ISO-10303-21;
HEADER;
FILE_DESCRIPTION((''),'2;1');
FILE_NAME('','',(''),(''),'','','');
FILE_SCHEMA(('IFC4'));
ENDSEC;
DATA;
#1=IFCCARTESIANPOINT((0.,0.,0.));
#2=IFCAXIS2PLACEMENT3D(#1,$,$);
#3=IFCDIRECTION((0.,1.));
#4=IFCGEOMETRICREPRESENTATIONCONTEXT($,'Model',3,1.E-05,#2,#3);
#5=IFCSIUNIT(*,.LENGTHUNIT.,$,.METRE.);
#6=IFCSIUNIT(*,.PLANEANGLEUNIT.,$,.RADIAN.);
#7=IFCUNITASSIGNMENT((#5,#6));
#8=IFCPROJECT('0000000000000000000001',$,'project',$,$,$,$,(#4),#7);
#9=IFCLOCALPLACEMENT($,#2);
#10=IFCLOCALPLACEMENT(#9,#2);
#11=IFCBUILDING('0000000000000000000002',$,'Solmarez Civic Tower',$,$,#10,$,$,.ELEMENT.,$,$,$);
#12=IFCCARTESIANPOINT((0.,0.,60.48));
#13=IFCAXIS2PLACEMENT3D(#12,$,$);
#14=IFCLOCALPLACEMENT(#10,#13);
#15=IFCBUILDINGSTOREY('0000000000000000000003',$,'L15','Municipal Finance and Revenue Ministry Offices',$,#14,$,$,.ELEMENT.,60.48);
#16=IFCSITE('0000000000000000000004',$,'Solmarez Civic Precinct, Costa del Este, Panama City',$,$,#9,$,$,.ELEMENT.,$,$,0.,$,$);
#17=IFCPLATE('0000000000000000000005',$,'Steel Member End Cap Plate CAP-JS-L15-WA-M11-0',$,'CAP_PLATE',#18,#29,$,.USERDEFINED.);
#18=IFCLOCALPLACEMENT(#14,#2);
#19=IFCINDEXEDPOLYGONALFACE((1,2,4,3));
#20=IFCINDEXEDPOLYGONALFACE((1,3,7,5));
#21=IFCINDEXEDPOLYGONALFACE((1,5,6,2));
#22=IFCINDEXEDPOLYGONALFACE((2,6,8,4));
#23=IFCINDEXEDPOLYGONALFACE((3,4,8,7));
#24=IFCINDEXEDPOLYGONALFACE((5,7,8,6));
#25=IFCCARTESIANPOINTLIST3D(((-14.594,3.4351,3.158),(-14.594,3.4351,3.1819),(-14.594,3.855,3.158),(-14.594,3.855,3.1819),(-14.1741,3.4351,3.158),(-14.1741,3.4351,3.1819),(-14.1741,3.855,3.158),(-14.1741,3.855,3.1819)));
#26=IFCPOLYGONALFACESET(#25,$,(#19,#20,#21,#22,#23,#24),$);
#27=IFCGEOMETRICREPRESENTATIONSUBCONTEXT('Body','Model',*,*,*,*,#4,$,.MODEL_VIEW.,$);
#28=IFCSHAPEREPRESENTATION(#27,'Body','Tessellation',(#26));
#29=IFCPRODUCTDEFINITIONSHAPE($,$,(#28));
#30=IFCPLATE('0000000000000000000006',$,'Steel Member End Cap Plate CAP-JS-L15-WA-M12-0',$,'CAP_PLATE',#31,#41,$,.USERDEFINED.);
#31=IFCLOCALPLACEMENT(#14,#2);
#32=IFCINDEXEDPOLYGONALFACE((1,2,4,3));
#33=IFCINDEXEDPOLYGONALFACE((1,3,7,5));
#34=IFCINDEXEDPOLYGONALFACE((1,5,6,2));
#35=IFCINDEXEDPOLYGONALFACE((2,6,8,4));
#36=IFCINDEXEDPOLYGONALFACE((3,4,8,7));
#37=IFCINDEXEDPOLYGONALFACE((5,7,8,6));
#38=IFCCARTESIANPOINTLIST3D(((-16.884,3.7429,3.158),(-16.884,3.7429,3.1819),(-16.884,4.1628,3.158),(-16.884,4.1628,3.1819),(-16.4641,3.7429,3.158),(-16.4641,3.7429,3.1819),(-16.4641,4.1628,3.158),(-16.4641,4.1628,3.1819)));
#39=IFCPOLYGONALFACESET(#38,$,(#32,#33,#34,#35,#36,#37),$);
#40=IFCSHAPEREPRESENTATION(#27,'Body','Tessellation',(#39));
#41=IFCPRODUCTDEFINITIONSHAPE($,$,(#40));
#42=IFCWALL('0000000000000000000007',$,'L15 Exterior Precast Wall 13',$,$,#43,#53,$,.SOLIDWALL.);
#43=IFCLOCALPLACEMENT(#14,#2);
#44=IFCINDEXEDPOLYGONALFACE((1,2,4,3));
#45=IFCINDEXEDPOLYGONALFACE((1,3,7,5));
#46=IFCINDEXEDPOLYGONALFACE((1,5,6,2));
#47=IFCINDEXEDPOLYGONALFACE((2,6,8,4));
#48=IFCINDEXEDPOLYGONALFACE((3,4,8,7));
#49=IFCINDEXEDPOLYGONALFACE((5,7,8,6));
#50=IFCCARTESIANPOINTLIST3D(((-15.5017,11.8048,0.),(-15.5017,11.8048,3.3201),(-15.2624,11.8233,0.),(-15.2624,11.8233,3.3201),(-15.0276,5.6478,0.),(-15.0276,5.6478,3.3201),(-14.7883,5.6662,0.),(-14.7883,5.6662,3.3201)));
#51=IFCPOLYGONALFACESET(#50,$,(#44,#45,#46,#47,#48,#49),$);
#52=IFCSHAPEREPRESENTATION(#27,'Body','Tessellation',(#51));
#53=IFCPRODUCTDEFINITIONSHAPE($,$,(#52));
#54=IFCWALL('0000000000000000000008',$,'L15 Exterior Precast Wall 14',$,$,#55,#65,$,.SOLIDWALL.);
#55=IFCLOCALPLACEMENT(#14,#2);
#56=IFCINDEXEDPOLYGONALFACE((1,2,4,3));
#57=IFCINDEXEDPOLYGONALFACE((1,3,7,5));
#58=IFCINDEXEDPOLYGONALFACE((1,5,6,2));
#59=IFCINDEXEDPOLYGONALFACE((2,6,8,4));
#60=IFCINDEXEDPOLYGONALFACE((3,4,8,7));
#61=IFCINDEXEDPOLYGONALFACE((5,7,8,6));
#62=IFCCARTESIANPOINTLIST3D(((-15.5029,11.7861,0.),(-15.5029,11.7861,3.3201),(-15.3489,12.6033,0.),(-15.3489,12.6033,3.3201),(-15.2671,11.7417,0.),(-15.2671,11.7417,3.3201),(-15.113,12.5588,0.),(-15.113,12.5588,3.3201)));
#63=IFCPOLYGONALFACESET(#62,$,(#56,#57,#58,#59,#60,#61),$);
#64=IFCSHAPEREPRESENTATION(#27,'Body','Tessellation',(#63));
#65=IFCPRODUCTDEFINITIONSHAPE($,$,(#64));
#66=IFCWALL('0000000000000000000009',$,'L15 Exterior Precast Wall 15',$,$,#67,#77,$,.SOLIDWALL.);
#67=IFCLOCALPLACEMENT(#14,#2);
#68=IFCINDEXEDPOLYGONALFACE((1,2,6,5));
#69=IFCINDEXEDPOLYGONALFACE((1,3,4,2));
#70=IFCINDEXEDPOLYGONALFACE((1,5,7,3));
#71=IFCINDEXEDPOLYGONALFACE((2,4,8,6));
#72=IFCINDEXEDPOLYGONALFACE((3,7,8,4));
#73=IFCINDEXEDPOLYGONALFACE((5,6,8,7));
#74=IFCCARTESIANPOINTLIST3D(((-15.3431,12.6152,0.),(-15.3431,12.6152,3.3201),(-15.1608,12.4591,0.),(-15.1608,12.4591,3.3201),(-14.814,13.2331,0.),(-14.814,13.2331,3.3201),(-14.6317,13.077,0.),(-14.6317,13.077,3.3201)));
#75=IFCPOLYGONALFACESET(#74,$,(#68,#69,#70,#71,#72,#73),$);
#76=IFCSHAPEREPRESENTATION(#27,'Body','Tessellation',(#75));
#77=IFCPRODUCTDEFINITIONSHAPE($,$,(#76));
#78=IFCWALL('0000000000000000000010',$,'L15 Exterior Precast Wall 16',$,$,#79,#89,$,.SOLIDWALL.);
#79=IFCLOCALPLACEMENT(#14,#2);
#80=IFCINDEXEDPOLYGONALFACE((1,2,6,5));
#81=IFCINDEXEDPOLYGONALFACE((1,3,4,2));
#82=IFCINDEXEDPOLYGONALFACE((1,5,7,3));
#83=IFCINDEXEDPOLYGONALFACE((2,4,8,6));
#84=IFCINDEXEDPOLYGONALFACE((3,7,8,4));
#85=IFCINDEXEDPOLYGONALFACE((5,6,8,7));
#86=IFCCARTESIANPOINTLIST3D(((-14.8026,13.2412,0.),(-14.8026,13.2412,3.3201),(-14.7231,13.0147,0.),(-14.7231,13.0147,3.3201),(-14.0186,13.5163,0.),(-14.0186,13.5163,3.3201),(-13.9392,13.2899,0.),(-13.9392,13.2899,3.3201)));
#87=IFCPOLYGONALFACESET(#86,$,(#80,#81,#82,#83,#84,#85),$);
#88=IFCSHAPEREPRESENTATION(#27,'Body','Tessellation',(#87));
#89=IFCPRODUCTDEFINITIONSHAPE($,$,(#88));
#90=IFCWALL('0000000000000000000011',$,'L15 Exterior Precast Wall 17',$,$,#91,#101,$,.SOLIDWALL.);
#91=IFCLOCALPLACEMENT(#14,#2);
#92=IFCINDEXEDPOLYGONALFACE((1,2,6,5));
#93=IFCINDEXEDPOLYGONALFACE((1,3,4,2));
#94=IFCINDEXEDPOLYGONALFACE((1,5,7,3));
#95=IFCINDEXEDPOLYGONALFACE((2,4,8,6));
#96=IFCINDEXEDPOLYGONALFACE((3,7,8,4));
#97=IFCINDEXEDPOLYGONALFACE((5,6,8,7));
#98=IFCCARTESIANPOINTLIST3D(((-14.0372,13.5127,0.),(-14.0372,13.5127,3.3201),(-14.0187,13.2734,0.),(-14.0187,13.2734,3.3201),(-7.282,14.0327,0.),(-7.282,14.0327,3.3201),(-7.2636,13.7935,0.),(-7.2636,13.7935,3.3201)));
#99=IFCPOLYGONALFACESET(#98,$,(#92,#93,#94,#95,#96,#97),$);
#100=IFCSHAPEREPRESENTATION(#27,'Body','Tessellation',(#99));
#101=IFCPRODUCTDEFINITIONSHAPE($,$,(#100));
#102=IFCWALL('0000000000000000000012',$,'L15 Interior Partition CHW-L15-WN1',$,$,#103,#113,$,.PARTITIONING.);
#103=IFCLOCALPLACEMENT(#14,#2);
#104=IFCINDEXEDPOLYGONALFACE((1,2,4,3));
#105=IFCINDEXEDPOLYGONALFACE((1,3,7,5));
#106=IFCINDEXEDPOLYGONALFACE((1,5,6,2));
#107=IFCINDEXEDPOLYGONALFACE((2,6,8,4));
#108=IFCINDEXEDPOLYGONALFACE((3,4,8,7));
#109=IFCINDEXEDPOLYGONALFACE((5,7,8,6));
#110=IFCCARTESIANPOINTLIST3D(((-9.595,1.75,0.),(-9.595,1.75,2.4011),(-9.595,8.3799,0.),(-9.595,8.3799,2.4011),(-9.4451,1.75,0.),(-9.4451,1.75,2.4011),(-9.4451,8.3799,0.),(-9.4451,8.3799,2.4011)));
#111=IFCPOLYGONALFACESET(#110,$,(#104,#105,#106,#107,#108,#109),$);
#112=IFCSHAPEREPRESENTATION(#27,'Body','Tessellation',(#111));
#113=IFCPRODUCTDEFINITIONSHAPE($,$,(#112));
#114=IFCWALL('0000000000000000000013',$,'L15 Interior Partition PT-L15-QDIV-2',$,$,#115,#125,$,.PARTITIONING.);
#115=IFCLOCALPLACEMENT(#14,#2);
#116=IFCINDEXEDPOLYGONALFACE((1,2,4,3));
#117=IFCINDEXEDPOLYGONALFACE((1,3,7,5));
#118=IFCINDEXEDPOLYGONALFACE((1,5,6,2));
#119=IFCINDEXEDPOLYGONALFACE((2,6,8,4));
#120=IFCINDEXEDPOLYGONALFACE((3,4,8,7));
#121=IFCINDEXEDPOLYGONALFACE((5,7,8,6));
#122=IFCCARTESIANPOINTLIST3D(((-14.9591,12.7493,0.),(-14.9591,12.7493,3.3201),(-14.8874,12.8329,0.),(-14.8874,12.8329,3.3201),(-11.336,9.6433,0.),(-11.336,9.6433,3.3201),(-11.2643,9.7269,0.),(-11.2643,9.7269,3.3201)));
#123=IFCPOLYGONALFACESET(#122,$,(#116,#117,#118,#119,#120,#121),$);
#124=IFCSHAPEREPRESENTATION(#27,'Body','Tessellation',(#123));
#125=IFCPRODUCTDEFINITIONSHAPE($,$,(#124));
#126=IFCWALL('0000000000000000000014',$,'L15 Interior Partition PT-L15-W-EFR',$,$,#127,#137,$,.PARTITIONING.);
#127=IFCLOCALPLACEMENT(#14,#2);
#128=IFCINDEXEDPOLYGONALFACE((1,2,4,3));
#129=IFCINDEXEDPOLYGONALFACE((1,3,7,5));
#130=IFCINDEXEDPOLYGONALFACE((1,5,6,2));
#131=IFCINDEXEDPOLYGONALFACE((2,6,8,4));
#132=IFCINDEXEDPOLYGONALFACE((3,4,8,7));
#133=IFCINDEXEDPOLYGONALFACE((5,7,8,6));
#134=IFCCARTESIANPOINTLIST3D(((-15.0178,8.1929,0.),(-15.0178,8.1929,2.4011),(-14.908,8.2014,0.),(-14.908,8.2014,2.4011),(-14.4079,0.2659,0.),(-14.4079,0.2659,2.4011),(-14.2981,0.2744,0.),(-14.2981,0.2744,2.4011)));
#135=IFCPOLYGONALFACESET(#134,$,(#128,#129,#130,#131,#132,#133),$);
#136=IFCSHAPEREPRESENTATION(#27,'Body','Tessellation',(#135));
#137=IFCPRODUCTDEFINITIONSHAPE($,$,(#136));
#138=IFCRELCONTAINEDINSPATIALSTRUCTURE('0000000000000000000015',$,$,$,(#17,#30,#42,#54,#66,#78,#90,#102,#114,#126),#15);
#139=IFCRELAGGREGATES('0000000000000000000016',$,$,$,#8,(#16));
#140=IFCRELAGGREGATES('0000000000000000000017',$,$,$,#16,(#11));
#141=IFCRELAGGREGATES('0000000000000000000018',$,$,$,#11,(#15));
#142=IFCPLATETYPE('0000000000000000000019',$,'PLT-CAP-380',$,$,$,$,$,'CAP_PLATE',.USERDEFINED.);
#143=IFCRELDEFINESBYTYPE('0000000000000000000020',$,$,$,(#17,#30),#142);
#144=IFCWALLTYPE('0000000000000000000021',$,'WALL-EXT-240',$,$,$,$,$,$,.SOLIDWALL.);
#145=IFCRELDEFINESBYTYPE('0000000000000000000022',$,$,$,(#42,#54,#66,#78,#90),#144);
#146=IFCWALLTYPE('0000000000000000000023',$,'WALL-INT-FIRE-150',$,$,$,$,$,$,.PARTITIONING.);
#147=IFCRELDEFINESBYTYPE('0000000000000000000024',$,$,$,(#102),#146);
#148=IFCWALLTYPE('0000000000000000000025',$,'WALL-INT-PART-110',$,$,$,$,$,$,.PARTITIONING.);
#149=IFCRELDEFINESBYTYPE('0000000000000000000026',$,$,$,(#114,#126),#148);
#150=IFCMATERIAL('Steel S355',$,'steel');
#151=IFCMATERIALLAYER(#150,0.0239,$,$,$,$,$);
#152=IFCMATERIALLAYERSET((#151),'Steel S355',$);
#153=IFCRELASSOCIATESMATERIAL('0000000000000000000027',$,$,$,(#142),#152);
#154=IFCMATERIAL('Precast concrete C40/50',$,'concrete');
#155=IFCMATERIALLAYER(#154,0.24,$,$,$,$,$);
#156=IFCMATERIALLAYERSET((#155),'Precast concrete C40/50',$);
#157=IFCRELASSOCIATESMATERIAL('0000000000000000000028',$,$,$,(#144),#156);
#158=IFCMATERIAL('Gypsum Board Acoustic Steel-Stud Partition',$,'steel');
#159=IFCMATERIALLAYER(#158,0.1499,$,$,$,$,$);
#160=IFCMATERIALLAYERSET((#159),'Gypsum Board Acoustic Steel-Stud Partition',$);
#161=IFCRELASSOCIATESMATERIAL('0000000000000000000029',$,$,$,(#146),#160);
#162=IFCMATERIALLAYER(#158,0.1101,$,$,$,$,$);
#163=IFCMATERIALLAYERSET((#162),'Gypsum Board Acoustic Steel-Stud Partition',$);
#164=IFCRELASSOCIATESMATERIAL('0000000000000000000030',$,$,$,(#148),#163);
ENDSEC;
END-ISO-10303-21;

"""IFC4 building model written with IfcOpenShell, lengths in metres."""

from ifc_helpers import new_model, si_unit, direction, frame, frame_2d, origin, origin_2d, place, context, subcontext, project, spatial, rectangle, extrude, material, layer, layer_set, type_object, element, save


model = new_model("IFC4")

# Units and contexts
model_context = context("Model", 3, precision=1e-05, world=origin(), true_north=direction((0.0, 1.0)))
body_context = subcontext(model_context, "Body", "Model", "MODEL_VIEW")
ifc_project = project(units=[si_unit("LENGTHUNIT", "METRE"), si_unit("PLANEANGLEUNIT", "RADIAN")], contexts=[model_context])

# Site, building, storey
site_placement = place(None, origin())
site = spatial("IfcSite", under=ifc_project, at=site_placement, Name="Solmarez Civic Precinct, Costa del Este, Panama City", CompositionType="ELEMENT", RefElevation=0.0)
building_placement = place(site_placement, origin())
building = spatial("IfcBuilding", under=site, at=building_placement, Name="Solmarez Civic Tower", CompositionType="ELEMENT")
storey_placement = place(building_placement, frame((0.0, 0.0, 60.48)))
storey = spatial("IfcBuildingStorey", under=building, at=storey_placement, Name="L15", Description="Municipal Finance and Revenue Ministry Offices", CompositionType="ELEMENT", Elevation=60.48)

# Shared definitions
ifc_material_1 = material(Name="Steel S355", Category="steel")

# Plates
ifc_layer_1 = layer(ifc_material_1, 0.0239)
ifc_layer_set_1 = layer_set([ifc_layer_1], Name="Steel S355")
plate_type = type_object("IfcPlateType", Name="PLT-CAP-380", ElementType="CAP_PLATE", PredefinedType="USERDEFINED", material=ifc_layer_set_1)
for number, where, z_axis, x_axis, name in (
    (1, (-14.384, 3.645, 3.158), (0.0, 0.0, 1.0), (1.0, 0.0, 0.0), "Steel Member End Cap Plate CAP-JS-L15-WA-M11-0"),
    (2, (-16.6741, 3.9529, 3.158), (0.0, 0.0, 1.0), (1.0, 0.0, 0.0), "Steel Member End Cap Plate CAP-JS-L15-WA-M12-0"),
):
    element("IfcPlate", number, at=place(storey_placement, frame(where, z_axis=z_axis, x_axis=x_axis)), inside=storey, type_object=plate_type, Name=name, ObjectType="CAP_PLATE", PredefinedType="USERDEFINED", context=body_context, shape_type="SweptSolid", body=[
        extrude(rectangle(XDim=0.4199, YDim=0.4199, at=origin_2d()), origin(), (0.0, 0.0, 1.0), 0.0239),
    ])

# Walls
ifc_material_2 = material(Name="Precast concrete C40/50", Category="concrete")
ifc_layer_2 = layer(ifc_material_2, 0.24)
ifc_layer_set_2 = layer_set([ifc_layer_2], Name="Precast concrete C40/50")
wall_type_1 = type_object("IfcWallType", Name="WALL-EXT-240", PredefinedType="SOLIDWALL", material=ifc_layer_set_2)
wall_1_placement = place(storey_placement, frame((-14.908, 5.657, 0.0), z_axis=(0.0, 0.0, 1.0), x_axis=(-0.076778, 0.997048, 0.0)))
element("IfcWall", 3, at=wall_1_placement, inside=storey, type_object=wall_type_1, Name="L15 Exterior Precast Wall 13", PredefinedType="SOLIDWALL", context=body_context, shape_type="SweptSolid", body=[
    extrude(rectangle(XDim=6.1753, YDim=0.24, at=frame_2d((3.0876, 0.0))), origin(), (0.0, 0.0, 1.0), 3.3201),
])
wall_2_placement = place(storey_placement, frame((-15.385, 11.7639, 0.0), z_axis=(0.0, 0.0, 1.0), x_axis=(0.185263, 0.982689, 0.0)))
element("IfcWall", 4, at=wall_2_placement, inside=storey, type_object=wall_type_1, Name="L15 Exterior Precast Wall 14", PredefinedType="SOLIDWALL", context=body_context, shape_type="SweptSolid", body=[
    extrude(rectangle(XDim=0.8315, YDim=0.24, at=frame_2d((0.4158, 0.0))), origin(), (0.0, 0.0, 1.0), 3.3201),
])
wall_3_placement = place(storey_placement, frame((-15.252, 12.5371, 0.0), z_axis=(0.0, 0.0, 1.0), x_axis=(0.650371, 0.759617, 0.0)))
element("IfcWall", 5, at=wall_3_placement, inside=storey, type_object=wall_type_1, Name="L15 Exterior Precast Wall 15", PredefinedType="SOLIDWALL", context=body_context, shape_type="SweptSolid", body=[
    extrude(rectangle(XDim=0.8135, YDim=0.24, at=frame_2d((0.4067, 0.0))), origin(), (0.0, 0.0, 1.0), 3.3201),
])
wall_4_placement = place(storey_placement, frame((-14.7629, 13.1279, 0.0), z_axis=(0.0, 0.0, 1.0), x_axis=(0.943569, 0.331175, 0.0)))
element("IfcWall", 6, at=wall_4_placement, inside=storey, type_object=wall_type_1, Name="L15 Exterior Precast Wall 16", PredefinedType="SOLIDWALL", context=body_context, shape_type="SweptSolid", body=[
    extrude(rectangle(XDim=0.8308, YDim=0.24, at=frame_2d((0.4155, 0.0))), origin(), (0.0, 0.0, 1.0), 3.3201),
])
wall_5_placement = place(storey_placement, frame((-14.0281, 13.3931, 0.0), z_axis=(0.0, 0.0, 1.0), x_axis=(0.99705, 0.076754, 0.0)))
element("IfcWall", 7, at=wall_5_placement, inside=storey, type_object=wall_type_1, Name="L15 Exterior Precast Wall 17", PredefinedType="SOLIDWALL", context=body_context, shape_type="SweptSolid", body=[
    extrude(rectangle(XDim=6.7751, YDim=0.24, at=frame_2d((3.3877, 0.0))), origin(), (0.0, 0.0, 1.0), 3.3201),
])
ifc_material_3 = material(Name="Gypsum Board Acoustic Steel-Stud Partition", Category="steel")
ifc_layer_3 = layer(ifc_material_3, 0.1499)
ifc_layer_set_3 = layer_set([ifc_layer_3], Name="Gypsum Board Acoustic Steel-Stud Partition")
wall_type_2 = type_object("IfcWallType", Name="WALL-INT-FIRE-150", PredefinedType="PARTITIONING", material=ifc_layer_set_3)
wall_6_placement = place(storey_placement, frame((-9.52, 1.75, 0.0), z_axis=(0.0, 0.0, 1.0), x_axis=(0.0, 1.0, 0.0)))
element("IfcWall", 8, at=wall_6_placement, inside=storey, type_object=wall_type_2, Name="L15 Interior Partition CHW-L15-WN1", PredefinedType="PARTITIONING", context=body_context, shape_type="SweptSolid", body=[
    extrude(rectangle(XDim=6.6299, YDim=0.1499, at=frame_2d((3.3149, 0.0))), origin(), (0.0, 0.0, 1.0), 2.4011),
])
ifc_layer_4 = layer(ifc_material_3, 0.1101)
ifc_layer_set_4 = layer_set([ifc_layer_4], Name="Gypsum Board Acoustic Steel-Stud Partition")
wall_type_3 = type_object("IfcWallType", Name="WALL-INT-PART-110", PredefinedType="PARTITIONING", material=ifc_layer_set_4)
wall_7_placement = place(storey_placement, frame((-11.3, 9.6851, 0.0), z_axis=(0.0, 0.0, 1.0), x_axis=(-0.759206, 0.65085, 0.0)))
element("IfcWall", 9, at=wall_7_placement, inside=storey, type_object=wall_type_3, Name="L15 Interior Partition PT-L15-QDIV-2", PredefinedType="PARTITIONING", context=body_context, shape_type="SweptSolid", body=[
    extrude(rectangle(XDim=4.7722, YDim=0.1101, at=frame_2d((2.3862, 0.0))), origin(), (0.0, 0.0, 1.0), 3.3201),
])
wall_8_placement = place(storey_placement, frame((-14.9629, 8.197, 0.0), z_axis=(0.0, 0.0, 1.0), x_axis=(0.076708, -0.997054, 0.0)))
element("IfcWall", 10, at=wall_8_placement, inside=storey, type_object=wall_type_3, Name="L15 Interior Partition PT-L15-W-EFR", PredefinedType="PARTITIONING", context=body_context, shape_type="SweptSolid", body=[
    extrude(rectangle(XDim=7.9504, YDim=0.1101, at=frame_2d((3.9751, 0.0))), origin(), (0.0, 0.0, 1.0), 2.4011),
])

save(model, "model.ifc")
